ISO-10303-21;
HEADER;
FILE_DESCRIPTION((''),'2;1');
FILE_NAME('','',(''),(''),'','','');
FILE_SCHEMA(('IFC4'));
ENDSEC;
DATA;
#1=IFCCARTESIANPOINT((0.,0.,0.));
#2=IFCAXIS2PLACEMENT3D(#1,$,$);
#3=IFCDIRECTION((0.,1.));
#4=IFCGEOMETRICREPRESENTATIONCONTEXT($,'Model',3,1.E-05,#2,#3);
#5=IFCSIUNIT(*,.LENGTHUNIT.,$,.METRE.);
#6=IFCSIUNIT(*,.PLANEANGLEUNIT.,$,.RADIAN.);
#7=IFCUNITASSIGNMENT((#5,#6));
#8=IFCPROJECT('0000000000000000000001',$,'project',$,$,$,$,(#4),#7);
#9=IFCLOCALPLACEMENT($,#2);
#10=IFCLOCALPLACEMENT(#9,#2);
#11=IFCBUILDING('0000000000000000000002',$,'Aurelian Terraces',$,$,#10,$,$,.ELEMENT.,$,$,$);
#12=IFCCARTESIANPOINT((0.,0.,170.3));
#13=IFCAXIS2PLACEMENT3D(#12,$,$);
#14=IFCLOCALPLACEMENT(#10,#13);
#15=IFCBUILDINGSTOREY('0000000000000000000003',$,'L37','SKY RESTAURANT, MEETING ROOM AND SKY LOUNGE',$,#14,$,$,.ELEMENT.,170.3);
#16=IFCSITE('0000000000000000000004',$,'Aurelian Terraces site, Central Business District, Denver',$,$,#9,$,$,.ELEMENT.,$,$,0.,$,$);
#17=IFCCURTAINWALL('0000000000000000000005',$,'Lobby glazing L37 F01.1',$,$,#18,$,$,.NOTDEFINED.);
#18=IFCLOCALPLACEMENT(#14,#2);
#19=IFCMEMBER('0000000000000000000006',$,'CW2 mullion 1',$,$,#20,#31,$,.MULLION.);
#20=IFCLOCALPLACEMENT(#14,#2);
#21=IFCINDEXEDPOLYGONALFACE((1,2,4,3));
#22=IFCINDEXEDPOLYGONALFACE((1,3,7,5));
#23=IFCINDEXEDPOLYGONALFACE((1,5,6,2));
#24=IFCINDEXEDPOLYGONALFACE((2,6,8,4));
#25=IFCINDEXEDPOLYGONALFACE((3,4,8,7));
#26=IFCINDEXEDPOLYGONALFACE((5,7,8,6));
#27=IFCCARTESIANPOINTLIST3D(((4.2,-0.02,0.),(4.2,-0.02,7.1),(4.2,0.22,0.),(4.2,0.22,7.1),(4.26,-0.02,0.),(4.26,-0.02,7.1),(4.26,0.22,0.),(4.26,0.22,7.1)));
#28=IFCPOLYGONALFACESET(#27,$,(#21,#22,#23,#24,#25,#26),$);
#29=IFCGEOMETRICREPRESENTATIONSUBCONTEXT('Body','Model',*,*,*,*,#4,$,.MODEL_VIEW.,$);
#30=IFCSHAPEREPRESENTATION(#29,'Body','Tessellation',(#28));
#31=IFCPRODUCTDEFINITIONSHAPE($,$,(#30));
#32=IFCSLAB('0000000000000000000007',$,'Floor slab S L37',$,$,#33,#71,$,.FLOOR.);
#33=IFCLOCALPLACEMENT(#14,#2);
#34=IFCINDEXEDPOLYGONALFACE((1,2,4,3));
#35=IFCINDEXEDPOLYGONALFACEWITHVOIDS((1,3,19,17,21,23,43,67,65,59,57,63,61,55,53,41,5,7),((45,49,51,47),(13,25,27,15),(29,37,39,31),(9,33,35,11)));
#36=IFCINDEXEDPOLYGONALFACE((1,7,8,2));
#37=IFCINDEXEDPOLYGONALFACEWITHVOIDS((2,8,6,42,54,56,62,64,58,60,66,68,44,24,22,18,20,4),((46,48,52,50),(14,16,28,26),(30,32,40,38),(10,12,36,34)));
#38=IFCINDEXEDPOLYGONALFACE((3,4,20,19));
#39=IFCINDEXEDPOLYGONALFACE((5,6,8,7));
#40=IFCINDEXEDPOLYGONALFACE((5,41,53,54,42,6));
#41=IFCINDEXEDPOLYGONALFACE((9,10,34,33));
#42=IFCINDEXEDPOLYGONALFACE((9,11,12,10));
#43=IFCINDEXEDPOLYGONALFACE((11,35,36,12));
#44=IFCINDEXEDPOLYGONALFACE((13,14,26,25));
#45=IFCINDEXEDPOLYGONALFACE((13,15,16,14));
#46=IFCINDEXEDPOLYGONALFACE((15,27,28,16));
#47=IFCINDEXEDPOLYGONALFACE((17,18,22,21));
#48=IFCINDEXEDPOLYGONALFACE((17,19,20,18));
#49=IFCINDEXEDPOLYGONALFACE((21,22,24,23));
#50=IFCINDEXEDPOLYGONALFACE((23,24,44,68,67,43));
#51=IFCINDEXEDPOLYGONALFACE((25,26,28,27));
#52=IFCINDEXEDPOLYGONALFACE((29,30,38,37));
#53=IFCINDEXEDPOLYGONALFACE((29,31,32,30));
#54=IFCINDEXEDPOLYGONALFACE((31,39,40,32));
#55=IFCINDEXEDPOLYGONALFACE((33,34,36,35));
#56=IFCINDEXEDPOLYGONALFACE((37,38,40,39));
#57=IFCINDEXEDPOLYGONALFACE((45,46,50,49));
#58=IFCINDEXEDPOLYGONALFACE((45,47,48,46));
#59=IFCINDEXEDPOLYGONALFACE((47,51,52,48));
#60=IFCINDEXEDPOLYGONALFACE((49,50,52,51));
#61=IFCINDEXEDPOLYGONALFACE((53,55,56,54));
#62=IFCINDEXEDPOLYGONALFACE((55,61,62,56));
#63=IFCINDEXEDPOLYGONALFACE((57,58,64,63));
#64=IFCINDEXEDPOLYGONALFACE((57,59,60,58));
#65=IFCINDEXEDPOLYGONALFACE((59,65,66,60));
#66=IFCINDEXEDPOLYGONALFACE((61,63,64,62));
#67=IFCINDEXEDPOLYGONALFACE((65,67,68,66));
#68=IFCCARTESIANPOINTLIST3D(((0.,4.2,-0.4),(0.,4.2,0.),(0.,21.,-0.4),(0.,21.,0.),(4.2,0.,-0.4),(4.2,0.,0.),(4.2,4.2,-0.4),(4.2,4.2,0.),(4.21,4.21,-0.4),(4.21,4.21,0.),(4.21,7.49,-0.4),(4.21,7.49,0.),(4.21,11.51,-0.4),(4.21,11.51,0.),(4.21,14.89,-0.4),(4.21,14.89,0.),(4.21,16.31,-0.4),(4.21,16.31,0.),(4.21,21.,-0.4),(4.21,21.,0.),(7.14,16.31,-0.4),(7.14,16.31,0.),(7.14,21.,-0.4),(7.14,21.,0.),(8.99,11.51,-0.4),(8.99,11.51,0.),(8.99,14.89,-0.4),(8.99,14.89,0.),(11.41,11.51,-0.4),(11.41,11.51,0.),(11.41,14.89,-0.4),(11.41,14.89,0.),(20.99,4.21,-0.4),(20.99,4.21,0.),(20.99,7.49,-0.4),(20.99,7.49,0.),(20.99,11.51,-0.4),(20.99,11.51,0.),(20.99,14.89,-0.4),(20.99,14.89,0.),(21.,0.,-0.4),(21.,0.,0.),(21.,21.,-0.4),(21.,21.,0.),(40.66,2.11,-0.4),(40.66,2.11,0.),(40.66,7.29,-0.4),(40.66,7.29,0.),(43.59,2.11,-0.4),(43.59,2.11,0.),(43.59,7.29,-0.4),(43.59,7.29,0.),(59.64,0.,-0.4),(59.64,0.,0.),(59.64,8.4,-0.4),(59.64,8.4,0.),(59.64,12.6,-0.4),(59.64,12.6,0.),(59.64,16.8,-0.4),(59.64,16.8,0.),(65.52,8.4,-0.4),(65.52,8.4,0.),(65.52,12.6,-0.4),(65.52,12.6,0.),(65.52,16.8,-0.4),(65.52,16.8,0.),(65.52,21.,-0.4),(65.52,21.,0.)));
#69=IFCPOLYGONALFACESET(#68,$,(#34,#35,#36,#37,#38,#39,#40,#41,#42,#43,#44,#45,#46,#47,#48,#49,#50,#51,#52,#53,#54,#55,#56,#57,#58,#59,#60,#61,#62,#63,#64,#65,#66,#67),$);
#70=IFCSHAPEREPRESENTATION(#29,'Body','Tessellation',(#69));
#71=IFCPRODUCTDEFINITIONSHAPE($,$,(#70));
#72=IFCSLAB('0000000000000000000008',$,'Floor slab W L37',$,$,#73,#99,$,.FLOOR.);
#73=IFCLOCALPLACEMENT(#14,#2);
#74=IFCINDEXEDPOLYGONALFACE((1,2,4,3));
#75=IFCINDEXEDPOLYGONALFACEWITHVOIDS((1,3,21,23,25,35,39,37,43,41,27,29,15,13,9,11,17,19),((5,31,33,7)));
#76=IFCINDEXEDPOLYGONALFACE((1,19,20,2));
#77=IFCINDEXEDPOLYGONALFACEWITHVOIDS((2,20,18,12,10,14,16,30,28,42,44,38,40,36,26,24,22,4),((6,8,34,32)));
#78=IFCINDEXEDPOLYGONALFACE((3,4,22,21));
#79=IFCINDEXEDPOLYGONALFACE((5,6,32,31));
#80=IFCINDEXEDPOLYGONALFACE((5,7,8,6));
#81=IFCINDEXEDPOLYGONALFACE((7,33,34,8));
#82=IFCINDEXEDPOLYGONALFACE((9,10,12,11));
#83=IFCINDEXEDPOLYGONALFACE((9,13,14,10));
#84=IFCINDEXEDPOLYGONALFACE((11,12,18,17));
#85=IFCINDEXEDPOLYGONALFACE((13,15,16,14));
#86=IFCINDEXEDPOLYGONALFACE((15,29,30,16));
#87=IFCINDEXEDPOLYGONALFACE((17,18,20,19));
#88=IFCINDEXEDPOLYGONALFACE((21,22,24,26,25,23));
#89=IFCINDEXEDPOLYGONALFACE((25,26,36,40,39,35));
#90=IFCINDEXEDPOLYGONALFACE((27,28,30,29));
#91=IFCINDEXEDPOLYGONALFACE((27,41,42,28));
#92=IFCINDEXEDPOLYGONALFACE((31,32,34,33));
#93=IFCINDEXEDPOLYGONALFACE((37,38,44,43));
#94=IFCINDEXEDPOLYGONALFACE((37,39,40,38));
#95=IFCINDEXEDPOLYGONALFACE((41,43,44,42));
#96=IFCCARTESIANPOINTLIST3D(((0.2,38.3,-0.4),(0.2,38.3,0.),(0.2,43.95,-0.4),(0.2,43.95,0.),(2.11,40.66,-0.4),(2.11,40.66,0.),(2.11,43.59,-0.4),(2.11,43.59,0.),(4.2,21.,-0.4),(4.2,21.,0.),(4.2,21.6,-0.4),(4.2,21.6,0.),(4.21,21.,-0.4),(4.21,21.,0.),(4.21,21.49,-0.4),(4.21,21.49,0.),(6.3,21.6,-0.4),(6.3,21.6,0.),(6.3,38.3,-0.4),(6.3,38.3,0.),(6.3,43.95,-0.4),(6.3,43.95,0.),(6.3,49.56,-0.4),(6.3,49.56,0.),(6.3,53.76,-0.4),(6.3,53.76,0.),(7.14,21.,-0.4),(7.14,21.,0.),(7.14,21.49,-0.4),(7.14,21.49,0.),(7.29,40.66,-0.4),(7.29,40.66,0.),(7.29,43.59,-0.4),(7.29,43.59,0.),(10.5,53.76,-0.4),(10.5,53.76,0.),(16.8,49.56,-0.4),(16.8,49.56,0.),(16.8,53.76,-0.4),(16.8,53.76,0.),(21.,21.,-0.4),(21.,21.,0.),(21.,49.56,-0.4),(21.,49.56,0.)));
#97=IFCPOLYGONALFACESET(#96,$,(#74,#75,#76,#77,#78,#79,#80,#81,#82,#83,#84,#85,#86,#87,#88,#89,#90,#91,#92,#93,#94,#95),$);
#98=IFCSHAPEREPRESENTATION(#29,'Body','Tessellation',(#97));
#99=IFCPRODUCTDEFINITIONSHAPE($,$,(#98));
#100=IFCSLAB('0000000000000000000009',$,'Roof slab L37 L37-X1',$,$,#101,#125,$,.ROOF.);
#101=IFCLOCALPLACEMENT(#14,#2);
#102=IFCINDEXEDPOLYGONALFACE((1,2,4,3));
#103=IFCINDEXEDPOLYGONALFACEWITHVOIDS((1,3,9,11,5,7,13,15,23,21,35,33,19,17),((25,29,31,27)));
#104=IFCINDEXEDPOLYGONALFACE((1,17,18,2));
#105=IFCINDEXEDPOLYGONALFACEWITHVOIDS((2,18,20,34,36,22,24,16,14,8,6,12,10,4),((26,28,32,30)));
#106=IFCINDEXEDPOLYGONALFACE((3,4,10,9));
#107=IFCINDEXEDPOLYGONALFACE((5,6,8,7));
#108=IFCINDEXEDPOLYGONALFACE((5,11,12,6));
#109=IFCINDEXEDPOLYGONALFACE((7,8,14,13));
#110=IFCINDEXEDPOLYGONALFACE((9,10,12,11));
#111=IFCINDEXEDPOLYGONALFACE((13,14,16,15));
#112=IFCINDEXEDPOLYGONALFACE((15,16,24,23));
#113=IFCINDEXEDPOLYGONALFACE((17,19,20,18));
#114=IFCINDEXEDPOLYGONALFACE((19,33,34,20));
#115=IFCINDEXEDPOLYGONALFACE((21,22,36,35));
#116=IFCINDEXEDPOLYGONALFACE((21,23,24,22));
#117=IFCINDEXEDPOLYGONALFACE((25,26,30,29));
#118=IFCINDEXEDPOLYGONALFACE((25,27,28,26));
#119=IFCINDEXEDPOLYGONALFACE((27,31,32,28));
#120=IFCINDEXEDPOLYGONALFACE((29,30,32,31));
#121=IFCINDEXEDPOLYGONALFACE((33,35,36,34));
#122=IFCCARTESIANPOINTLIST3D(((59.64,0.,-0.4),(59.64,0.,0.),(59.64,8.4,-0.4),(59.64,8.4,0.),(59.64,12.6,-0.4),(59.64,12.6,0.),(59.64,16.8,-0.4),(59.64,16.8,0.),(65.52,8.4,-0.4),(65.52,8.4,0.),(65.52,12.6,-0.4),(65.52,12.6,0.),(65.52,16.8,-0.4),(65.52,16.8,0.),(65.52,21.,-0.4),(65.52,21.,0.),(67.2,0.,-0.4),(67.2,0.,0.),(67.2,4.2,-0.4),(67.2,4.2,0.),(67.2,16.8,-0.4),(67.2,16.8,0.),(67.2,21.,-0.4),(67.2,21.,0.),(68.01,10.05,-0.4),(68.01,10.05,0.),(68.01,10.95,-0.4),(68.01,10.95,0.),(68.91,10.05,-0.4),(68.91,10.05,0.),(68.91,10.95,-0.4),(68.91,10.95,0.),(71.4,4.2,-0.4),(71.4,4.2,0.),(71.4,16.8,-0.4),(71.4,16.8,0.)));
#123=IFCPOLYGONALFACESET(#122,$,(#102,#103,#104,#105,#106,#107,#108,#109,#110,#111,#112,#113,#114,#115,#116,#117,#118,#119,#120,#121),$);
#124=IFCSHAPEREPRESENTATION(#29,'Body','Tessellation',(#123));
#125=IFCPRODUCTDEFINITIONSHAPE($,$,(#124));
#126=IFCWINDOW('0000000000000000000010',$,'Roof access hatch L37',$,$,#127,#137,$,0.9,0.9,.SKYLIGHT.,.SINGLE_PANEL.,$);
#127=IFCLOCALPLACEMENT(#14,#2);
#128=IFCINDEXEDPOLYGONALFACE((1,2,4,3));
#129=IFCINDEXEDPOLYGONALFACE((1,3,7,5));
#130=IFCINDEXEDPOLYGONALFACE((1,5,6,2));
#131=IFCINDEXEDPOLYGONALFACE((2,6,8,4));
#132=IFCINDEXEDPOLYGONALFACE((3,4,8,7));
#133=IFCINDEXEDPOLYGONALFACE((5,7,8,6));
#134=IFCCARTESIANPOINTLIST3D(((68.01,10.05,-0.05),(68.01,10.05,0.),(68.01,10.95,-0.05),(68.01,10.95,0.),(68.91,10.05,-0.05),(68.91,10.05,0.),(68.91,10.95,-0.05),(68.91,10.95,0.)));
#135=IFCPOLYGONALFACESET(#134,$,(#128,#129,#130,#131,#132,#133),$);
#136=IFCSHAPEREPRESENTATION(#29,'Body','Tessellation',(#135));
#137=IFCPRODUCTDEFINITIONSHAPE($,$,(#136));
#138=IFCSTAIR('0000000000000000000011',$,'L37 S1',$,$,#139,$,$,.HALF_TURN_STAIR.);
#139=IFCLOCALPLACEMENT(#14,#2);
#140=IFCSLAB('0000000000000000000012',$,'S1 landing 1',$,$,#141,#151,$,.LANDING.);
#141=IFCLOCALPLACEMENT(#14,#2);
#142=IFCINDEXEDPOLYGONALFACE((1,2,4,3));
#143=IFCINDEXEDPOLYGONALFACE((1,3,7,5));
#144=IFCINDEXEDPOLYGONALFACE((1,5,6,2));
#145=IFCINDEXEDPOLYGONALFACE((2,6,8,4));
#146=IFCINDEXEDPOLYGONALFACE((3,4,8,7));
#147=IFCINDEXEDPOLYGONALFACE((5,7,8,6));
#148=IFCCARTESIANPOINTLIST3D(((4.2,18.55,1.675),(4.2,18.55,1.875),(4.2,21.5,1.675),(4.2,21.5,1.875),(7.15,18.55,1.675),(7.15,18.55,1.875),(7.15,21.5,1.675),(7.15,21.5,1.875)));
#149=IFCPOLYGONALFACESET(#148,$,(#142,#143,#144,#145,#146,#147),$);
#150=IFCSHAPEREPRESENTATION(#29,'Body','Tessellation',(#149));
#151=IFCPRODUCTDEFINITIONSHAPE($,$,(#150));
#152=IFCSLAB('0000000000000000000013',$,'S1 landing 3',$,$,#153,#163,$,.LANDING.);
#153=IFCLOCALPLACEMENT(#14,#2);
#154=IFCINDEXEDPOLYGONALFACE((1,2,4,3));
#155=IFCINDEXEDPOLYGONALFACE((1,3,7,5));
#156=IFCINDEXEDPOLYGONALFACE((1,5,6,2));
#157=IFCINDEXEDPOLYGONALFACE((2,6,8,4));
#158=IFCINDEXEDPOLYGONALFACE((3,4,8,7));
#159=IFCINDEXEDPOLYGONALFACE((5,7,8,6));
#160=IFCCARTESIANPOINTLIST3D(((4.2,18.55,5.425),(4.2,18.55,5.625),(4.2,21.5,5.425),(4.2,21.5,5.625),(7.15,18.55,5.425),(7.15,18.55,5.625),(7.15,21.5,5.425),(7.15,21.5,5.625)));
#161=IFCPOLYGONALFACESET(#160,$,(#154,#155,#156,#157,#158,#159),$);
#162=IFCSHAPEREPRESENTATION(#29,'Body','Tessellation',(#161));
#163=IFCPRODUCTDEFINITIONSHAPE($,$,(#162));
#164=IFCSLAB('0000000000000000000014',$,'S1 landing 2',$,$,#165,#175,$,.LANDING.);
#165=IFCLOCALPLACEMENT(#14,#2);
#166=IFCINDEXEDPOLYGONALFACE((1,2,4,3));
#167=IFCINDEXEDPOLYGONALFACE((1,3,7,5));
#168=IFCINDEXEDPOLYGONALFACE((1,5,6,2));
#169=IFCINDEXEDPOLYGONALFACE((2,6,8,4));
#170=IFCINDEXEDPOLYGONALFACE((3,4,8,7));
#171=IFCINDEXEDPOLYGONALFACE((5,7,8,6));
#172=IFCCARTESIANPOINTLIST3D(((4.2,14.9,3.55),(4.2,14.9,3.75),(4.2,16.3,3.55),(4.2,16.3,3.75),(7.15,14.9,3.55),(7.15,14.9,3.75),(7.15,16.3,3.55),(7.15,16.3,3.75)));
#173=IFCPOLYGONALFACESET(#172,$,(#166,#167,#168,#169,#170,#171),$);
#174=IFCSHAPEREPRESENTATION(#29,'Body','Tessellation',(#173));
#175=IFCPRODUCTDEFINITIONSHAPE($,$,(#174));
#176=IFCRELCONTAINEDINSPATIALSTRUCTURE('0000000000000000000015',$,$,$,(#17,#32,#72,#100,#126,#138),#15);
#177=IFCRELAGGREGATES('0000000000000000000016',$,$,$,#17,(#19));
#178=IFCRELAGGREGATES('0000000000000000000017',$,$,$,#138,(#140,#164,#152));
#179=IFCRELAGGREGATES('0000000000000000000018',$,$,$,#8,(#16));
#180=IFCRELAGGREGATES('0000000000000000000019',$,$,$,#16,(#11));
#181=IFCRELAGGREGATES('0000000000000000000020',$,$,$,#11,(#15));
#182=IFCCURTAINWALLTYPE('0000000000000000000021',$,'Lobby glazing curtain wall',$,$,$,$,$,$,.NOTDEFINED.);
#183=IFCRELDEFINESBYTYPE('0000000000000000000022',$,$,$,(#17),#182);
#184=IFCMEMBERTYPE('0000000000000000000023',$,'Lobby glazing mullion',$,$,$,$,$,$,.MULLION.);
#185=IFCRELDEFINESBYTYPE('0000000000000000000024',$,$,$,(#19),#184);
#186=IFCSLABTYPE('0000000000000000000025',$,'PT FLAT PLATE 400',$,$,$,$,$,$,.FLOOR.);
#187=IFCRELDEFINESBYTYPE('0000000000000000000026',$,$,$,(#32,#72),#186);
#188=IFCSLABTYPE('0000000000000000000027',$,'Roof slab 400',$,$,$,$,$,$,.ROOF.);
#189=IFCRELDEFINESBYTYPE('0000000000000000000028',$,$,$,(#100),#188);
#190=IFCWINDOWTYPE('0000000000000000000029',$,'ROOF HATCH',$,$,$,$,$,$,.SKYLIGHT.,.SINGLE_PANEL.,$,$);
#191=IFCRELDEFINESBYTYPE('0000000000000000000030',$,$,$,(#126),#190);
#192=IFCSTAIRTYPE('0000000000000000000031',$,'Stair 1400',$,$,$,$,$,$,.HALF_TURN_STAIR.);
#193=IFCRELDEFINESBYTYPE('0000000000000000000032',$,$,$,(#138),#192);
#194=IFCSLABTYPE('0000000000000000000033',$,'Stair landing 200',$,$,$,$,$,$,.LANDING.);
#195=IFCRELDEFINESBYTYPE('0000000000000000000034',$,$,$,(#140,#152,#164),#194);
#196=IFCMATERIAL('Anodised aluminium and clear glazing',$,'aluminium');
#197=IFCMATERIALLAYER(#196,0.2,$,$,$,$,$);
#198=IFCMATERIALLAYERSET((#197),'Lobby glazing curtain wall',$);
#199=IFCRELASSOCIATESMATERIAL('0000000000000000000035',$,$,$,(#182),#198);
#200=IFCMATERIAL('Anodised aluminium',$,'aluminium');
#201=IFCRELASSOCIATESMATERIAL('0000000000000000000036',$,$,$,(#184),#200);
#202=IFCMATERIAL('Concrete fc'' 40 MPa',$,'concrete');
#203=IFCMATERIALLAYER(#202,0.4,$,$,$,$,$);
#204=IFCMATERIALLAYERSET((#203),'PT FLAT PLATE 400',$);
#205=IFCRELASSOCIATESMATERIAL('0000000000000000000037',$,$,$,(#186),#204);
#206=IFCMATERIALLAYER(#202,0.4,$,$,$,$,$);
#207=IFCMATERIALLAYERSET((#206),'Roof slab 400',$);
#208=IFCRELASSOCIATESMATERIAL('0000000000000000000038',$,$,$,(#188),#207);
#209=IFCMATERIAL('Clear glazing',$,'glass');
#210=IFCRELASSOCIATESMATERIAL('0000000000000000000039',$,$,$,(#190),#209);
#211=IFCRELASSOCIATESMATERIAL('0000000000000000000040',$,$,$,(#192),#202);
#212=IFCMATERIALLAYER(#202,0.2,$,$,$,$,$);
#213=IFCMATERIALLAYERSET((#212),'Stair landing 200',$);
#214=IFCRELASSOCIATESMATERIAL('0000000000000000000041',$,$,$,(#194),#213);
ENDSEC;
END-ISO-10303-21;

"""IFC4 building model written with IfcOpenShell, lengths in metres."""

from ifc_helpers import new_model, si_unit, direction, frame, origin, origin_2d, place, context, subcontext, project, spatial, polyline, rectangle, outline, extrude, source, transform, mapped, material, layer, layer_set, material_profile, profile_set, type_object, element, fill, aggregate, save


model = new_model("IFC4")

# Units and contexts
model_context = context("Model", 3, precision=1e-05, world=origin(), true_north=direction((0.0, 1.0)))
body_context = subcontext(model_context, "Body", "Model", "MODEL_VIEW")
ifc_project = project(units=[si_unit("LENGTHUNIT", "METRE"), si_unit("PLANEANGLEUNIT", "RADIAN")], contexts=[model_context])

# Site, building, storey
site_placement = place(None, origin())
site = spatial("IfcSite", under=ifc_project, at=site_placement, Name="Aurelian Terraces site, Central Business District, Denver", CompositionType="ELEMENT", RefElevation=0.0)
building_placement = place(site_placement, origin())
building = spatial("IfcBuilding", under=site, at=building_placement, Name="Aurelian Terraces", CompositionType="ELEMENT")
storey_placement = place(building_placement, frame((0.0, 0.0, 170.3)))
storey = spatial("IfcBuildingStorey", under=building, at=storey_placement, Name="L37", Description="SKY RESTAURANT, MEETING ROOM AND SKY LOUNGE", CompositionType="ELEMENT", Elevation=170.3)

# Curtain wall, member
ifc_material_1 = material(Name="Anodised aluminium and clear glazing", Category="aluminium")
ifc_layer_1 = layer(ifc_material_1, 0.2)
ifc_layer_set_1 = layer_set([ifc_layer_1], Name="Lobby glazing curtain wall")
curtain_wall_type = type_object("IfcCurtainWallType", Name="Lobby glazing curtain wall", PredefinedType="NOTDEFINED", material=ifc_layer_set_1)
curtain_wall_placement = place(storey_placement, origin())
curtain_wall = element("IfcCurtainWall", 1, at=curtain_wall_placement, inside=storey, type_object=curtain_wall_type, Name="Lobby glazing L37 F01.1", PredefinedType="NOTDEFINED")
ifc_material_2 = material(Name="Anodised aluminium", Category="aluminium")
ifc_material_profile = material_profile(ifc_material_2, rectangle(XDim=0.24, YDim=0.06, at=origin_2d()))
ifc_profile_set = profile_set([ifc_material_profile], Name="Anodised aluminium")
member_type = type_object("IfcMemberType", Name="Lobby glazing mullion", PredefinedType="MULLION", material=ifc_profile_set)
member_placement = place(storey_placement, frame((4.23, 0.1, 0.0), z_axis=(0.0, 0.0, 1.0), x_axis=(0.0, 1.0, 0.0)))
member = element("IfcMember", 2, at=member_placement, type_object=member_type, Name="CW2 mullion 1", PredefinedType="MULLION", context=body_context, shape_type="SweptSolid", body=[
    extrude(rectangle(XDim=0.24, YDim=0.06, at=origin_2d()), origin(), (0.0, 0.0, 1.0), 7.1),
])
aggregate(curtain_wall, [member])

# Slabs
ifc_material_3 = material(Name="Concrete fc' 40 MPa", Category="concrete")
ifc_layer_2 = layer(ifc_material_3, 0.4)
ifc_layer_set_2 = layer_set([ifc_layer_2], Name="PT FLAT PLATE 400")
slab_type_1 = type_object("IfcSlabType", Name="PT FLAT PLATE 400", PredefinedType="FLOOR", material=ifc_layer_set_2)
slab_1_placement = place(storey_placement, frame((0.0, 0.0, -0.4)))
element("IfcSlab", 3, at=slab_1_placement, inside=storey, type_object=slab_type_1, Name="Floor slab S L37", PredefinedType="FLOOR", context=body_context, shape_type="SweptSolid", body=[
    extrude(outline(polyline([(4.2, 0.0), (4.2, 4.2), (0.0, 4.2), (0.0, 21.0), (4.21, 21.0), (4.21, 16.31), (7.14, 16.31), (7.14, 21.0), (21.0, 21.0), (65.52, 21.0), (65.52, 16.8), (59.64, 16.8), (59.64, 12.6), (65.52, 12.6), (65.52, 8.4), (59.64, 8.4), (59.64, 0.0), (21.0, 0.0), (4.2, 0.0)]), holes=[polyline([(40.66, 2.11), (43.59, 2.11), (43.59, 7.29), (40.66, 7.29), (40.66, 2.11)]), polyline([(4.21, 7.49), (4.21, 4.21), (20.99, 4.21), (20.99, 7.49), (4.21, 7.49)]), polyline([(11.41, 14.89), (11.41, 11.51), (20.99, 11.51), (20.99, 14.89), (11.41, 14.89)]), polyline([(8.99, 11.51), (8.99, 14.89), (4.21, 14.89), (4.21, 11.51), (8.99, 11.51)])]), origin(), (0.0, 0.0, 1.0), 0.4),
])
slab_2_placement = place(storey_placement, frame((0.0, 0.0, -0.4)))
element("IfcSlab", 4, at=slab_2_placement, inside=storey, type_object=slab_type_1, Name="Floor slab W L37", PredefinedType="FLOOR", context=body_context, shape_type="SweptSolid", body=[
    extrude(outline(polyline([(6.3, 43.95), (6.3, 49.56), (6.3, 53.76), (10.5, 53.76), (16.8, 53.76), (16.8, 49.56), (21.0, 49.56), (21.0, 21.0), (7.14, 21.0), (7.14, 21.49), (4.21, 21.49), (4.21, 21.0), (4.2, 21.0), (4.2, 21.6), (6.3, 21.6), (6.3, 38.3), (0.2, 38.3), (0.2, 43.95), (6.3, 43.95)]), holes=[polyline([(7.29, 43.59), (2.11, 43.59), (2.11, 40.66), (7.29, 40.66), (7.29, 43.59)])]), origin(), (0.0, 0.0, 1.0), 0.4),
])

# Slab, opening, window
ifc_layer_3 = layer(ifc_material_3, 0.4)
ifc_layer_set_3 = layer_set([ifc_layer_3], Name="Roof slab 400")
slab_type_2 = type_object("IfcSlabType", Name="Roof slab 400", PredefinedType="ROOF", material=ifc_layer_set_3)
slab_3_placement = place(storey_placement, frame((0.0, 0.0, -0.4)))
slab_3 = element("IfcSlab", 5, at=slab_3_placement, inside=storey, type_object=slab_type_2, Name="Roof slab L37 L37-X1", PredefinedType="ROOF", context=body_context, shape_type="SweptSolid", body=[
    extrude(outline(polyline([(71.4, 4.2), (67.2, 4.2), (67.2, 0.0), (59.64, 0.0), (59.64, 8.4), (65.52, 8.4), (65.52, 12.6), (59.64, 12.6), (59.64, 16.8), (65.52, 16.8), (65.52, 21.0), (67.2, 21.0), (67.2, 16.8), (71.4, 16.8), (71.4, 4.2)])), origin(), (0.0, 0.0, 1.0), 0.4),
])
shared_shape_1 = source(origin(), body_context, "Body", "SweptSolid", [
    extrude(rectangle(XDim=0.9, YDim=0.9, at=origin_2d()), frame((0.0, 0.0, -0.01)), (0.0, 0.0, 1.0), 0.42),
])
opening_placement = place(slab_3_placement, frame((68.46, 10.5, 0.0)))
opening = element("IfcOpeningElement", 6, at=opening_placement, cuts=slab_3, PredefinedType="OPENING", context=body_context, shape_type="MappedRepresentation", body=[
    mapped(shared_shape_1, transform((0.0, 0.0, 0.0), scale=1.0)),
])
ifc_material_4 = material(Name="Clear glazing", Category="glass")
window_type = type_object("IfcWindowType", Name="ROOF HATCH", PartitioningType="SINGLE_PANEL", PredefinedType="SKYLIGHT", material=ifc_material_4)
shared_shape_2 = source(origin(), body_context, "Body", "SweptSolid", [
    extrude(rectangle(XDim=0.9, YDim=0.9, at=origin_2d()), origin(), (0.0, 0.0, 1.0), 0.05),
])
window_placement = place(opening_placement, frame((0.0, 0.0, 0.35)))
window = element("IfcWindow", 7, at=window_placement, inside=storey, type_object=window_type, Name="Roof access hatch L37", OverallHeight=0.9, OverallWidth=0.9, PartitioningType="SINGLE_PANEL", PredefinedType="SKYLIGHT", context=body_context, shape_type="MappedRepresentation", body=[
    mapped(shared_shape_2, transform((0.0, 0.0, 0.0), scale=1.0)),
])
fill(opening, window)

# Stair, slabs
stair_type = type_object("IfcStairType", Name="Stair 1400", PredefinedType="HALF_TURN_STAIR", material=ifc_material_3)
stair_1_placement = place(storey_placement, origin())
stair_1 = element("IfcStair", 8, at=stair_1_placement, inside=storey, type_object=stair_type, Name="L37 S1", PredefinedType="HALF_TURN_STAIR")
ifc_layer_4 = layer(ifc_material_3, 0.2)
ifc_layer_set_4 = layer_set([ifc_layer_4], Name="Stair landing 200")
slab_type_3 = type_object("IfcSlabType", Name="Stair landing 200", PredefinedType="LANDING", material=ifc_layer_set_4)
shared_shape_3 = source(origin(), body_context, "Body", "SweptSolid", [
    extrude(outline(polyline([(7.15, 18.55), (7.15, 21.5), (4.2, 21.5), (4.2, 18.55), (7.15, 18.55)])), origin(), (0.0, 0.0, 1.0), 0.2),
])
slab_4_placement = place(storey_placement, frame((0.0, 0.0, 1.675)))
slab_4 = element("IfcSlab", 9, at=slab_4_placement, type_object=slab_type_3, Name="S1 landing 1", PredefinedType="LANDING", context=body_context, shape_type="MappedRepresentation", body=[
    mapped(shared_shape_3, transform((0.0, 0.0, 0.0), scale=1.0)),
])
slab_5_placement = place(storey_placement, frame((0.0, 0.0, 5.425)))
slab_5 = element("IfcSlab", 10, at=slab_5_placement, type_object=slab_type_3, Name="S1 landing 3", PredefinedType="LANDING", context=body_context, shape_type="MappedRepresentation", body=[
    mapped(shared_shape_3, transform((0.0, 0.0, 0.0), scale=1.0)),
])
shared_shape_4 = source(origin(), body_context, "Body", "SweptSolid", [
    extrude(outline(polyline([(7.15, 14.9), (7.15, 16.3), (4.2, 16.3), (4.2, 14.9), (7.15, 14.9)])), origin(), (0.0, 0.0, 1.0), 0.2),
])
slab_6_placement = place(storey_placement, frame((0.0, 0.0, 3.55)))
slab_6 = element("IfcSlab", 11, at=slab_6_placement, type_object=slab_type_3, Name="S1 landing 2", PredefinedType="LANDING", context=body_context, shape_type="MappedRepresentation", body=[
    mapped(shared_shape_4, transform((0.0, 0.0, 0.0), scale=1.0)),
])
aggregate(stair_1, [slab_4, slab_6, slab_5])

save(model, "model.ifc")
